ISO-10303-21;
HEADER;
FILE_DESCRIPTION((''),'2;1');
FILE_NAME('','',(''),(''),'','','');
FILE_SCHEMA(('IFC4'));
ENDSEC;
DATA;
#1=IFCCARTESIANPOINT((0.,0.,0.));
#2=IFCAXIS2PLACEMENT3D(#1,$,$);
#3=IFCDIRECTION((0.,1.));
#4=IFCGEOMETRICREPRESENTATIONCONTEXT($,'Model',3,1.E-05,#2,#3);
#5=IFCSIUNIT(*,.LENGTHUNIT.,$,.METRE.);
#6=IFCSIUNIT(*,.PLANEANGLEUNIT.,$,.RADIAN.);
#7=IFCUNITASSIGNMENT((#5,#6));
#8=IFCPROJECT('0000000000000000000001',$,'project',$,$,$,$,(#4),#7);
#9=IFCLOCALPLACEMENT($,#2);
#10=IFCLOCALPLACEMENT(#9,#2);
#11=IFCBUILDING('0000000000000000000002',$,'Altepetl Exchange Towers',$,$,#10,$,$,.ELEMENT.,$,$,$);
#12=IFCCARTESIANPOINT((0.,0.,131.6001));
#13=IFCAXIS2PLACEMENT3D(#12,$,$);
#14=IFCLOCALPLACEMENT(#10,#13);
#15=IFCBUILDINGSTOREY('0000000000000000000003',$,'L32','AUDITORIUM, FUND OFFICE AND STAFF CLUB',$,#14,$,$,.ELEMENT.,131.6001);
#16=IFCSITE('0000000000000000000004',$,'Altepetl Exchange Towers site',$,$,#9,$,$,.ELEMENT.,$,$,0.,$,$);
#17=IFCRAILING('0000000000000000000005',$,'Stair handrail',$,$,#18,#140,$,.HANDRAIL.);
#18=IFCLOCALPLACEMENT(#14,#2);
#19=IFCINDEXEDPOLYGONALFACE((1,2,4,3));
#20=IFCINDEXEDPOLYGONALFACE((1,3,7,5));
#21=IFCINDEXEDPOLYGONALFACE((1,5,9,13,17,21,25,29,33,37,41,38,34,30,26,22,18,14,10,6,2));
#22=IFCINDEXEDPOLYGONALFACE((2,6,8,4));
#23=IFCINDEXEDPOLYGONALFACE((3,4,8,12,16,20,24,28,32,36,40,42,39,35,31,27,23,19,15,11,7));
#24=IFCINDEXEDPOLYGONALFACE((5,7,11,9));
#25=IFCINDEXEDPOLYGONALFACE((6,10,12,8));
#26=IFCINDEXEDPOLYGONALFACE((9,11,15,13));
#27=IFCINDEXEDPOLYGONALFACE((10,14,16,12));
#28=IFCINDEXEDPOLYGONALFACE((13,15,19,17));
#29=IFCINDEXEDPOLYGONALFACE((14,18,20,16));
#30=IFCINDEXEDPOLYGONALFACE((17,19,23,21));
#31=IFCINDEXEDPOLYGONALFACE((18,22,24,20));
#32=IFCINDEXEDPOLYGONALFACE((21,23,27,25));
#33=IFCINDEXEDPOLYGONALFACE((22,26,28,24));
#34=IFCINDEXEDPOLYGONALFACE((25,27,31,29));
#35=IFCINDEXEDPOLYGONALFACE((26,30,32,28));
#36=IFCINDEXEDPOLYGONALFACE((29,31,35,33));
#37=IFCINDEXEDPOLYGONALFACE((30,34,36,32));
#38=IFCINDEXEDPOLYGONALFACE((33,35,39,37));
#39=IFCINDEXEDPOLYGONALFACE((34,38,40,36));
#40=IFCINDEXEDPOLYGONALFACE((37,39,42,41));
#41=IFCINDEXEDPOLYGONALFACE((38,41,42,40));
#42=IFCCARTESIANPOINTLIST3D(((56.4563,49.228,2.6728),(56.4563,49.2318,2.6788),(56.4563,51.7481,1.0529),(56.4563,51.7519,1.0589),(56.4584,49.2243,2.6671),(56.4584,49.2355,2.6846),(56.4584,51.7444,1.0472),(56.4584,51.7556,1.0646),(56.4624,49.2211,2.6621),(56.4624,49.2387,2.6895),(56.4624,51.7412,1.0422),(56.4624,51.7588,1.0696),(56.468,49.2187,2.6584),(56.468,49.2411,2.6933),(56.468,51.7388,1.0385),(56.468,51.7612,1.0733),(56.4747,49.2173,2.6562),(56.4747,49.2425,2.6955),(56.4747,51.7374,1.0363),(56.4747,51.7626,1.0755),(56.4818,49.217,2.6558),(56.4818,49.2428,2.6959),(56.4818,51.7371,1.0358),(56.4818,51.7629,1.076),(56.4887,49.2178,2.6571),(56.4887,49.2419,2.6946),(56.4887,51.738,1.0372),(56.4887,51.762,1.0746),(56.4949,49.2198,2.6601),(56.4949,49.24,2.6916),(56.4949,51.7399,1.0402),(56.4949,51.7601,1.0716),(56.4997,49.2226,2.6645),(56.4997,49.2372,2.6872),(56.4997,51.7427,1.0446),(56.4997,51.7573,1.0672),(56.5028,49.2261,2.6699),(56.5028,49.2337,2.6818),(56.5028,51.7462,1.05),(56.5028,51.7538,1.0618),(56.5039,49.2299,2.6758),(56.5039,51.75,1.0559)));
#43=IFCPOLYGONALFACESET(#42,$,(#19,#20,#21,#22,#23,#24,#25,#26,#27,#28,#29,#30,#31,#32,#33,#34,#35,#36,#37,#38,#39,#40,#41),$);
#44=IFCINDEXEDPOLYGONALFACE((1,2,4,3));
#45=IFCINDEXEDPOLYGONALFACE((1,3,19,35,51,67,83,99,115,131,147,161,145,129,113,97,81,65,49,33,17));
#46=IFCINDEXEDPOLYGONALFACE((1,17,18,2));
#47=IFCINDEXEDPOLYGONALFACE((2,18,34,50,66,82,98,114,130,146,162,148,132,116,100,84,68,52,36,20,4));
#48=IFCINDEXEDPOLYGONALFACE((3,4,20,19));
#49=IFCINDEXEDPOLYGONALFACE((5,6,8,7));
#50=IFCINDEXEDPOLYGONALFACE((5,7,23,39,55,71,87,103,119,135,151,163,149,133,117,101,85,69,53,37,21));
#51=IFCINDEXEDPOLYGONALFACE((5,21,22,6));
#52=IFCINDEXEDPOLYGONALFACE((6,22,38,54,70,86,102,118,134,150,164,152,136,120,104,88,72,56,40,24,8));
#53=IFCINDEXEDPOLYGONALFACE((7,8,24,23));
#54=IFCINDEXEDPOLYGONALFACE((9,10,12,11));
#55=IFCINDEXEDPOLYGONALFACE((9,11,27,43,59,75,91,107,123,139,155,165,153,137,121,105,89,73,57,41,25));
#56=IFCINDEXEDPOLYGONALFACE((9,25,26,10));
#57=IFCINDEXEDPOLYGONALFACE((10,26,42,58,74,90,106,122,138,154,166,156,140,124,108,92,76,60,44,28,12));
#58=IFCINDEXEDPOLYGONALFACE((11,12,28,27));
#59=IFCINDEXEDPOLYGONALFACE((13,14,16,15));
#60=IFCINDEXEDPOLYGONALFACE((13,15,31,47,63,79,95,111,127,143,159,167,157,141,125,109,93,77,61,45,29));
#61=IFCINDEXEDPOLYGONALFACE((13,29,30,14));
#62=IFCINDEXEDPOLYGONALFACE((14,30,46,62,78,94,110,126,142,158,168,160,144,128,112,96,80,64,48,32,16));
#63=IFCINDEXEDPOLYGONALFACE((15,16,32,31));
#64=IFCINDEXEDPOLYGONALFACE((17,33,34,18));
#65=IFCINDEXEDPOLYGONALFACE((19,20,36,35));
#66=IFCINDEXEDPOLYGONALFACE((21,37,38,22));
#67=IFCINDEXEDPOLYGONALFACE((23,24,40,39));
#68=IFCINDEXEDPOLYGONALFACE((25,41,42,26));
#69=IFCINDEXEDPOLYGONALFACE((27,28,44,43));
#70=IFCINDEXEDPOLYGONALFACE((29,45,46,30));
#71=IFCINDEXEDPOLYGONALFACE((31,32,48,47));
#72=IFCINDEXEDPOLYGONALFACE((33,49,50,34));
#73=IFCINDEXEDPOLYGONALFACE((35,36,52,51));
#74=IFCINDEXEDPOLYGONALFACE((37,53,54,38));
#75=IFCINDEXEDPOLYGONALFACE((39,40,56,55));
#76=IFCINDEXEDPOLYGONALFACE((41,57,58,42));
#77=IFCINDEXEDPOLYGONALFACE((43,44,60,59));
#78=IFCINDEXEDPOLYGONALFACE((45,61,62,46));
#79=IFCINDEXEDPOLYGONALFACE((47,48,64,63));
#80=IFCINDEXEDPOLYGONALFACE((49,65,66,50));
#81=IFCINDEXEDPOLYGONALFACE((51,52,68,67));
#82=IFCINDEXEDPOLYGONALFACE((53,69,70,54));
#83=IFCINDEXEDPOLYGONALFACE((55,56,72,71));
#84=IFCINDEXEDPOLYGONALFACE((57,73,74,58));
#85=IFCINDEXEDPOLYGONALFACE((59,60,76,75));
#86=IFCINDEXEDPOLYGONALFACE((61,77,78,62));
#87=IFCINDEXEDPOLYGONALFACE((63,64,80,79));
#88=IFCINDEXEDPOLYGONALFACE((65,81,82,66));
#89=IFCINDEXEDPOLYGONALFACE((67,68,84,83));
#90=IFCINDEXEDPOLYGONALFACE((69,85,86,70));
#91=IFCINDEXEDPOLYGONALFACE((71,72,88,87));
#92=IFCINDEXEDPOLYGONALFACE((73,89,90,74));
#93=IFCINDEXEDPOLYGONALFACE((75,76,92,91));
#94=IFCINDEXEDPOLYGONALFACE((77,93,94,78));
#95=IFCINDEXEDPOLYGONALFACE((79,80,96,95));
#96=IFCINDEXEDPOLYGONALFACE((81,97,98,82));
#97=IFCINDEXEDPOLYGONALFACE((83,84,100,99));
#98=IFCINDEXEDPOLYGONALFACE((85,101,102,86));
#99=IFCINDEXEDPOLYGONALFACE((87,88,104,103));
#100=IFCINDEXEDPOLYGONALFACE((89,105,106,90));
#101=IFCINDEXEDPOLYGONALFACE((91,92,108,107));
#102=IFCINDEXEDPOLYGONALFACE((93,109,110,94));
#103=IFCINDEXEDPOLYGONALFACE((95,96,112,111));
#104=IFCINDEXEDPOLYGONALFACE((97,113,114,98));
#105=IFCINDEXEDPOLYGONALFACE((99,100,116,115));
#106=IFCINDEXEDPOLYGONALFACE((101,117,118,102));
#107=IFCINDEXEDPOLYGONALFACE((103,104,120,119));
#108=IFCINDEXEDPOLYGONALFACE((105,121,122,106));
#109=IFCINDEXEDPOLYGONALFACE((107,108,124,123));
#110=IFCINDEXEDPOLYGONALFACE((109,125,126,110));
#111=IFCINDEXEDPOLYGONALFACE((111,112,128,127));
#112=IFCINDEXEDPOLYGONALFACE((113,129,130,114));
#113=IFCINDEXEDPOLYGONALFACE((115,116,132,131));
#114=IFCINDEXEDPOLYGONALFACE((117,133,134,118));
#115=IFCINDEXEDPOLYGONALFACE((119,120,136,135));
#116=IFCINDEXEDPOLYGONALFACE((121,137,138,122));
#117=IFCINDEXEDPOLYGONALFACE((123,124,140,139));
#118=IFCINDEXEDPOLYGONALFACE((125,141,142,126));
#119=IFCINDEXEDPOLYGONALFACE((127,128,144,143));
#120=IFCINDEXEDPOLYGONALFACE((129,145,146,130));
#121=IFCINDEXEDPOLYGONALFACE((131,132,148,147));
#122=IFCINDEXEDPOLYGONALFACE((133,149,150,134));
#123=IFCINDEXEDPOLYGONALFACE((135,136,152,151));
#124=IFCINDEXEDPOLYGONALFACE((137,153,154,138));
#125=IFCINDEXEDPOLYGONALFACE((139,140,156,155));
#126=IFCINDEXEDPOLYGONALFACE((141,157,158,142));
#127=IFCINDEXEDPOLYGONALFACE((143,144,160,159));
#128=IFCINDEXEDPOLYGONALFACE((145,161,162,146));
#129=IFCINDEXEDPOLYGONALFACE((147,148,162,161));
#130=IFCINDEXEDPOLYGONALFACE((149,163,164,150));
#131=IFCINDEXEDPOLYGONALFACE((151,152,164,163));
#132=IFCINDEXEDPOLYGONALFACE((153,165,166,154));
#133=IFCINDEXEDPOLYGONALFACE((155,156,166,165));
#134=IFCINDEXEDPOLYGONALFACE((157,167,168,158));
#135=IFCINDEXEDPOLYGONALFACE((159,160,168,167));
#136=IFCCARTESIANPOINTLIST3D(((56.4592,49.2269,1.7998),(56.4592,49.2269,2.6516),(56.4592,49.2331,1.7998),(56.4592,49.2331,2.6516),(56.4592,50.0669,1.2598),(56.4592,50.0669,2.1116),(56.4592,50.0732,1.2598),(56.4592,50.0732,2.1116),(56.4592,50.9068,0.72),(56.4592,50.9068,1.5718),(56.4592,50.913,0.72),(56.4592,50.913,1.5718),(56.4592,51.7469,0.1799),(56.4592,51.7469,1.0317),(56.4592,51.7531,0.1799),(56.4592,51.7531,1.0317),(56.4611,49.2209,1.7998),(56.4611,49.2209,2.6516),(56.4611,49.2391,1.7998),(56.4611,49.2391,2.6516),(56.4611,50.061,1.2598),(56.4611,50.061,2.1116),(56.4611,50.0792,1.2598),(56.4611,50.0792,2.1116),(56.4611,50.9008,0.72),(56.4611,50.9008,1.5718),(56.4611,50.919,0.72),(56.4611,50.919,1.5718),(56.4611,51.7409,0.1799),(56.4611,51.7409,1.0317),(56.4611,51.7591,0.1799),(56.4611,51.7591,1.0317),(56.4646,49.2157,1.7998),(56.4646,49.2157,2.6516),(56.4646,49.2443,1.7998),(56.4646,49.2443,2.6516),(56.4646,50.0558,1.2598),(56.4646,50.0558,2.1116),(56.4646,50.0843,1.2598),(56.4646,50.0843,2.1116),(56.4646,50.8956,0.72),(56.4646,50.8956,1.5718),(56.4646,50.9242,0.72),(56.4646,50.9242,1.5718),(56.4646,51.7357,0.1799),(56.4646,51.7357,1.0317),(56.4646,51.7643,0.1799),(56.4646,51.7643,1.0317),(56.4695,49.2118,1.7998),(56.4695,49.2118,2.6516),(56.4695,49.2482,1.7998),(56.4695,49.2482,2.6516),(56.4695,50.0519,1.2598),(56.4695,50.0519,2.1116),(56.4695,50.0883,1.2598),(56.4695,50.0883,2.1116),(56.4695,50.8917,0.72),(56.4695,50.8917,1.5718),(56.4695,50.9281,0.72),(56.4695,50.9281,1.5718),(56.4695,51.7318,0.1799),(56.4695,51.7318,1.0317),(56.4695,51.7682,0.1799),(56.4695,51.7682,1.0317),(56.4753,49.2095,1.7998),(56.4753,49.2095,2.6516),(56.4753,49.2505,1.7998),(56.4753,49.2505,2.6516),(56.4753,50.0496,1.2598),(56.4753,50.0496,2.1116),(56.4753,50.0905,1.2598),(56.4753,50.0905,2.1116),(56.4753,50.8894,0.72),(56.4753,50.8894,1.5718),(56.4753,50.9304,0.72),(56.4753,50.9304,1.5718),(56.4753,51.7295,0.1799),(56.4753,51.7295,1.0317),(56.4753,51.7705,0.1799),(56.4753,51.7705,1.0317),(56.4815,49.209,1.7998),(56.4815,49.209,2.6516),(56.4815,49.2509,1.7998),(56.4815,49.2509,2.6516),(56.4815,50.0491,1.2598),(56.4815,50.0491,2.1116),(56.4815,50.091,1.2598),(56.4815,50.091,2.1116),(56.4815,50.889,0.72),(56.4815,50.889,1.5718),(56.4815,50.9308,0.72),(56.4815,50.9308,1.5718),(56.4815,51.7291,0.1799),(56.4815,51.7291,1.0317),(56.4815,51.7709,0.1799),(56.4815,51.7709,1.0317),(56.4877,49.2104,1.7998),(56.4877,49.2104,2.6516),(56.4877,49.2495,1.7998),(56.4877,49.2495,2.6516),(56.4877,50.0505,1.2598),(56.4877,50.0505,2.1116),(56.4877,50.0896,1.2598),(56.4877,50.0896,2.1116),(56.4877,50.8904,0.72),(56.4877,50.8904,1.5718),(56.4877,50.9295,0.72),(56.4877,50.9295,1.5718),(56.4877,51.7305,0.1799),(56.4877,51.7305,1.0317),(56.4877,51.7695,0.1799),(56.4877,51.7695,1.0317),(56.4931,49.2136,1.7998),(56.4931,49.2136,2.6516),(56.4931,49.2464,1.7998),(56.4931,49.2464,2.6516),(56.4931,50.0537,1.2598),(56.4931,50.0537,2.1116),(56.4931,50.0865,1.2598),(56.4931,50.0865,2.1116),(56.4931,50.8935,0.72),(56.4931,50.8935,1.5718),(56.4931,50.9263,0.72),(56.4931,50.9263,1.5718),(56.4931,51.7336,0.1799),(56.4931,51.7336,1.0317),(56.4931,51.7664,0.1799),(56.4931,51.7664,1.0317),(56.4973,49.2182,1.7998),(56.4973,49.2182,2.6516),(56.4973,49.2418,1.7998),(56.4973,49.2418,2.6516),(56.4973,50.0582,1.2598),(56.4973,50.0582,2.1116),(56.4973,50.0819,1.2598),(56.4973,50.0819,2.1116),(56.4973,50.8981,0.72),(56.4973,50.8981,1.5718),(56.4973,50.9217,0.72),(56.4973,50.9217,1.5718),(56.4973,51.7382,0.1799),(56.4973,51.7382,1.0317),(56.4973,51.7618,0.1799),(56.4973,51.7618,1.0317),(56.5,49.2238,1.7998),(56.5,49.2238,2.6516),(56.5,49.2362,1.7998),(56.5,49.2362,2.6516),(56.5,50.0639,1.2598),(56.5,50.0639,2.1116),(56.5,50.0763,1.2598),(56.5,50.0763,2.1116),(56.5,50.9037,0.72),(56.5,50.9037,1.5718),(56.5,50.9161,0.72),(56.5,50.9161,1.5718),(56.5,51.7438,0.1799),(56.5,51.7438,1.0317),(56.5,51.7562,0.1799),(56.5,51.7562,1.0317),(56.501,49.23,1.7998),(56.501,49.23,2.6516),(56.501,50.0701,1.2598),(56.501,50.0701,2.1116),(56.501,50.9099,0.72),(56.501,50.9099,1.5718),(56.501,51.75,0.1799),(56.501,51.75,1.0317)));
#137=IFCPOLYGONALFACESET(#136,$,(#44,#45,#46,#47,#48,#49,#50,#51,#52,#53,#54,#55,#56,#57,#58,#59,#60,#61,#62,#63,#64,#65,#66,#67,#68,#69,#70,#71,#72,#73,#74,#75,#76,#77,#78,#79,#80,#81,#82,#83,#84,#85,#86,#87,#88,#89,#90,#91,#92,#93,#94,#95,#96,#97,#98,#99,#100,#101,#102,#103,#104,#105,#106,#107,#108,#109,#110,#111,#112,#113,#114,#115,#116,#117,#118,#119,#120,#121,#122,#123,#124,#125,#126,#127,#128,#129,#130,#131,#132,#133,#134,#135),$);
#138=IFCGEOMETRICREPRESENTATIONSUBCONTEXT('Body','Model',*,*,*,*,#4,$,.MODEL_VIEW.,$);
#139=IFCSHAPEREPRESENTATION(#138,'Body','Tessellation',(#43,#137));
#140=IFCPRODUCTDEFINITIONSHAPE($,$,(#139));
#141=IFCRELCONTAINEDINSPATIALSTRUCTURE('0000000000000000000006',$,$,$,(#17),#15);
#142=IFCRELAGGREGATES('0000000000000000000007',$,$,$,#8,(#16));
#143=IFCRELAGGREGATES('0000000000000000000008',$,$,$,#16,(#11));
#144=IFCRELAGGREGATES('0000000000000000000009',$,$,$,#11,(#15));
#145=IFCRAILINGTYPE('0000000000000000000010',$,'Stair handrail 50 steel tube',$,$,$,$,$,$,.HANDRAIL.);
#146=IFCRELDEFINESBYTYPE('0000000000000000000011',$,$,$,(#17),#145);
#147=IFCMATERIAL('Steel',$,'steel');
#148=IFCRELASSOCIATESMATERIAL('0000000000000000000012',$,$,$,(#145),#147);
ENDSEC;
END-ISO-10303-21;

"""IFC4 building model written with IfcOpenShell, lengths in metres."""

from ifc_helpers import new_model, si_unit, direction, frame, origin, origin_2d, place, context, subcontext, project, spatial, circle, extrude, source, transform, mapped, material, type_object, element, save


model = new_model("IFC4")

# Units and contexts
model_context = context("Model", 3, precision=1e-05, world=origin(), true_north=direction((0.0, 1.0)))
body_context = subcontext(model_context, "Body", "Model", "MODEL_VIEW")
ifc_project = project(units=[si_unit("LENGTHUNIT", "METRE"), si_unit("PLANEANGLEUNIT", "RADIAN")], contexts=[model_context])

# Site, building, storey
site_placement = place(None, origin())
site = spatial("IfcSite", under=ifc_project, at=site_placement, Name="Altepetl Exchange Towers site", CompositionType="ELEMENT", RefElevation=0.0)
building_placement = place(site_placement, origin())
building = spatial("IfcBuilding", under=site, at=building_placement, Name="Altepetl Exchange Towers", CompositionType="ELEMENT")
storey_placement = place(building_placement, frame((0.0, 0.0, 131.6001)))
storey = spatial("IfcBuildingStorey", under=building, at=storey_placement, Name="L32", Description="AUDITORIUM, FUND OFFICE AND STAFF CLUB", CompositionType="ELEMENT", Elevation=131.6001)

# Railing
ifc_material_1 = material(Name="Steel", Category="steel")
railing_type = type_object("IfcRailingType", Name="Stair handrail 50 steel tube", PredefinedType="HANDRAIL", material=ifc_material_1)
shared_shape = source(origin(), body_context, "Body", "SweptSolid", [
    extrude(circle(Radius=0.021, at=origin_2d()), origin(), (0.0, 0.0, 1.0), 0.8518),
])
railing_1_placement = place(storey_placement, frame((56.48, 51.75, 0.1799)))
element("IfcRailing", 1, at=railing_1_placement, inside=storey, type_object=railing_type, Name="Stair handrail", PredefinedType="HANDRAIL", context=body_context, shape_type="SweptSolid", body=[
    extrude(circle(Radius=0.0239, at=origin_2d()), frame((0.0, 0.0, 0.876), z_axis=(0.0, -0.8412, 0.540725), x_axis=(1.0, 0.0, 0.0)), (0.0, 0.0, 1.0), 2.9958),
    mapped(shared_shape, transform((0.0, 0.0, 0.0))),
    mapped(shared_shape, transform((0.0, -0.8401, 0.54))),
    mapped(shared_shape, transform((0.0, -1.6799, 1.0798))),
    mapped(shared_shape, transform((0.0, -2.52, 1.6199))),
])

save(model, "model.ifc")
